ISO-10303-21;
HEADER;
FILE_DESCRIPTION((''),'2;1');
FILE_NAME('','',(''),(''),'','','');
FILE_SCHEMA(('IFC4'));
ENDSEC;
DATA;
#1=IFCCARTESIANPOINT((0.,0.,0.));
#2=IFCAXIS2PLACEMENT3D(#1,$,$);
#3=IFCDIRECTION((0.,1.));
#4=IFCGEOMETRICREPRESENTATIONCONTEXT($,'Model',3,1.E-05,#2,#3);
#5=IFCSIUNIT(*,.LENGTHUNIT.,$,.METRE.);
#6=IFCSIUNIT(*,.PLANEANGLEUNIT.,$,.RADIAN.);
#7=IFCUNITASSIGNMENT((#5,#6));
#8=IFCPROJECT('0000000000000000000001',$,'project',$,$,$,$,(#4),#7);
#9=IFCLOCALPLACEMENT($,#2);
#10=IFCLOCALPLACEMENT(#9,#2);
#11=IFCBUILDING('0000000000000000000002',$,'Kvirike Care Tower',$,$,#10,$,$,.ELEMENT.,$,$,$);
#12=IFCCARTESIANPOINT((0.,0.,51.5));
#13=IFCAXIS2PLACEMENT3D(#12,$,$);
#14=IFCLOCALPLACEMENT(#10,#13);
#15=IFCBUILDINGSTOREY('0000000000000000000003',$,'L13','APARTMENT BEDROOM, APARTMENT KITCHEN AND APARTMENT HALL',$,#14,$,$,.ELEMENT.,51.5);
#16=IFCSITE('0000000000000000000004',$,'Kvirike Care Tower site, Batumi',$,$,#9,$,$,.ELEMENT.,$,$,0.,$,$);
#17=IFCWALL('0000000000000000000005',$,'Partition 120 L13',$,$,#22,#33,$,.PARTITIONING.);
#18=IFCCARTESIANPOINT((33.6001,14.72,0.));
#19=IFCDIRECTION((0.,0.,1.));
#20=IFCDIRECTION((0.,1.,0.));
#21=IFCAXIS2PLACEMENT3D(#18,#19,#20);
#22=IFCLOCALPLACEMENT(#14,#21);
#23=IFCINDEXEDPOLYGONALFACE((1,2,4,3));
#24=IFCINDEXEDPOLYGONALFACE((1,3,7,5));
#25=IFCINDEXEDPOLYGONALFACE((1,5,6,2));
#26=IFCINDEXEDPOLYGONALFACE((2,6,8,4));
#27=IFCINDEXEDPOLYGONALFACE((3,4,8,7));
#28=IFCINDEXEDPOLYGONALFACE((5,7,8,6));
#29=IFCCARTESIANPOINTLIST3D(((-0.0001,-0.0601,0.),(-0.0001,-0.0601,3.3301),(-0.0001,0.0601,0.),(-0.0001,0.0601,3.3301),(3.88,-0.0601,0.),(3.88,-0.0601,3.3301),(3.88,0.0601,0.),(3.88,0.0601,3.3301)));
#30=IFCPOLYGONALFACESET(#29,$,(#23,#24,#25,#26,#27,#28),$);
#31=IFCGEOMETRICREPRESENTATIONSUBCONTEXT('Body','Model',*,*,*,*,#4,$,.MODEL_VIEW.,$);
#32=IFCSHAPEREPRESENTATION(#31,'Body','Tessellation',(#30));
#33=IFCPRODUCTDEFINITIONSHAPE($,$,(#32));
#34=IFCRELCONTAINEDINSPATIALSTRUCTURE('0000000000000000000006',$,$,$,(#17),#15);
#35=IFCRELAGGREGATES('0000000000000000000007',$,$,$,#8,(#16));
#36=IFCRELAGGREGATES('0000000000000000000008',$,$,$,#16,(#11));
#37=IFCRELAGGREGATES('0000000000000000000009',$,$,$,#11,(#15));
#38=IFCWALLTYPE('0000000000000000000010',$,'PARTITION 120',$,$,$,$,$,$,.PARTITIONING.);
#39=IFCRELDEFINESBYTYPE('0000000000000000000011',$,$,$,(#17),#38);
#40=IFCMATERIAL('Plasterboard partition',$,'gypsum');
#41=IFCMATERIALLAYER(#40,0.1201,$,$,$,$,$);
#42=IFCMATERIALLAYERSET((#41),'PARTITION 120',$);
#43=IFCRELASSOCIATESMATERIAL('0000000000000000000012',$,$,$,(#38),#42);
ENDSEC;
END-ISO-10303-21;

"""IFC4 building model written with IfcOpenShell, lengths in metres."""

from ifc_helpers import new_model, si_unit, direction, frame, frame_2d, origin, place, context, subcontext, project, spatial, rectangle, extrude, material, layer, layer_set, type_object, element, save


model = new_model("IFC4")

# Units and contexts
model_context = context("Model", 3, precision=1e-05, world=origin(), true_north=direction((0.0, 1.0)))
body_context = subcontext(model_context, "Body", "Model", "MODEL_VIEW")
ifc_project = project(units=[si_unit("LENGTHUNIT", "METRE"), si_unit("PLANEANGLEUNIT", "RADIAN")], contexts=[model_context])

# Site, building, storey
site_placement = place(None, origin())
site = spatial("IfcSite", under=ifc_project, at=site_placement, Name="Kvirike Care Tower site, Batumi", CompositionType="ELEMENT", RefElevation=0.0)
building_placement = place(site_placement, origin())
building = spatial("IfcBuilding", under=site, at=building_placement, Name="Kvirike Care Tower", CompositionType="ELEMENT")
storey_placement = place(building_placement, frame((0.0, 0.0, 51.5)))
storey = spatial("IfcBuildingStorey", under=building, at=storey_placement, Name="L13", Description="APARTMENT BEDROOM, APARTMENT KITCHEN AND APARTMENT HALL", CompositionType="ELEMENT", Elevation=51.5)

# Wall
ifc_material_1 = material(Name="Plasterboard partition", Category="gypsum")
ifc_layer_1 = layer(ifc_material_1, 0.1201)
ifc_layer_set_1 = layer_set([ifc_layer_1], Name="PARTITION 120")
wall_type_1 = type_object("IfcWallType", Name="PARTITION 120", PredefinedType="PARTITIONING", material=ifc_layer_set_1)
wall_1_placement = place(storey_placement, frame((33.6001, 14.72, 0.0), z_axis=(0.0, 0.0, 1.0), x_axis=(0.0, 1.0, 0.0)))
element("IfcWall", 1, at=wall_1_placement, inside=storey, type_object=wall_type_1, Name="Partition 120 L13", PredefinedType="PARTITIONING", context=body_context, shape_type="SweptSolid", body=[
    extrude(rectangle(XDim=3.8801, YDim=0.1201, at=frame_2d((1.9399, 0.0))), origin(), (0.0, 0.0, 1.0), 3.3301),
])

save(model, "model.ifc")
